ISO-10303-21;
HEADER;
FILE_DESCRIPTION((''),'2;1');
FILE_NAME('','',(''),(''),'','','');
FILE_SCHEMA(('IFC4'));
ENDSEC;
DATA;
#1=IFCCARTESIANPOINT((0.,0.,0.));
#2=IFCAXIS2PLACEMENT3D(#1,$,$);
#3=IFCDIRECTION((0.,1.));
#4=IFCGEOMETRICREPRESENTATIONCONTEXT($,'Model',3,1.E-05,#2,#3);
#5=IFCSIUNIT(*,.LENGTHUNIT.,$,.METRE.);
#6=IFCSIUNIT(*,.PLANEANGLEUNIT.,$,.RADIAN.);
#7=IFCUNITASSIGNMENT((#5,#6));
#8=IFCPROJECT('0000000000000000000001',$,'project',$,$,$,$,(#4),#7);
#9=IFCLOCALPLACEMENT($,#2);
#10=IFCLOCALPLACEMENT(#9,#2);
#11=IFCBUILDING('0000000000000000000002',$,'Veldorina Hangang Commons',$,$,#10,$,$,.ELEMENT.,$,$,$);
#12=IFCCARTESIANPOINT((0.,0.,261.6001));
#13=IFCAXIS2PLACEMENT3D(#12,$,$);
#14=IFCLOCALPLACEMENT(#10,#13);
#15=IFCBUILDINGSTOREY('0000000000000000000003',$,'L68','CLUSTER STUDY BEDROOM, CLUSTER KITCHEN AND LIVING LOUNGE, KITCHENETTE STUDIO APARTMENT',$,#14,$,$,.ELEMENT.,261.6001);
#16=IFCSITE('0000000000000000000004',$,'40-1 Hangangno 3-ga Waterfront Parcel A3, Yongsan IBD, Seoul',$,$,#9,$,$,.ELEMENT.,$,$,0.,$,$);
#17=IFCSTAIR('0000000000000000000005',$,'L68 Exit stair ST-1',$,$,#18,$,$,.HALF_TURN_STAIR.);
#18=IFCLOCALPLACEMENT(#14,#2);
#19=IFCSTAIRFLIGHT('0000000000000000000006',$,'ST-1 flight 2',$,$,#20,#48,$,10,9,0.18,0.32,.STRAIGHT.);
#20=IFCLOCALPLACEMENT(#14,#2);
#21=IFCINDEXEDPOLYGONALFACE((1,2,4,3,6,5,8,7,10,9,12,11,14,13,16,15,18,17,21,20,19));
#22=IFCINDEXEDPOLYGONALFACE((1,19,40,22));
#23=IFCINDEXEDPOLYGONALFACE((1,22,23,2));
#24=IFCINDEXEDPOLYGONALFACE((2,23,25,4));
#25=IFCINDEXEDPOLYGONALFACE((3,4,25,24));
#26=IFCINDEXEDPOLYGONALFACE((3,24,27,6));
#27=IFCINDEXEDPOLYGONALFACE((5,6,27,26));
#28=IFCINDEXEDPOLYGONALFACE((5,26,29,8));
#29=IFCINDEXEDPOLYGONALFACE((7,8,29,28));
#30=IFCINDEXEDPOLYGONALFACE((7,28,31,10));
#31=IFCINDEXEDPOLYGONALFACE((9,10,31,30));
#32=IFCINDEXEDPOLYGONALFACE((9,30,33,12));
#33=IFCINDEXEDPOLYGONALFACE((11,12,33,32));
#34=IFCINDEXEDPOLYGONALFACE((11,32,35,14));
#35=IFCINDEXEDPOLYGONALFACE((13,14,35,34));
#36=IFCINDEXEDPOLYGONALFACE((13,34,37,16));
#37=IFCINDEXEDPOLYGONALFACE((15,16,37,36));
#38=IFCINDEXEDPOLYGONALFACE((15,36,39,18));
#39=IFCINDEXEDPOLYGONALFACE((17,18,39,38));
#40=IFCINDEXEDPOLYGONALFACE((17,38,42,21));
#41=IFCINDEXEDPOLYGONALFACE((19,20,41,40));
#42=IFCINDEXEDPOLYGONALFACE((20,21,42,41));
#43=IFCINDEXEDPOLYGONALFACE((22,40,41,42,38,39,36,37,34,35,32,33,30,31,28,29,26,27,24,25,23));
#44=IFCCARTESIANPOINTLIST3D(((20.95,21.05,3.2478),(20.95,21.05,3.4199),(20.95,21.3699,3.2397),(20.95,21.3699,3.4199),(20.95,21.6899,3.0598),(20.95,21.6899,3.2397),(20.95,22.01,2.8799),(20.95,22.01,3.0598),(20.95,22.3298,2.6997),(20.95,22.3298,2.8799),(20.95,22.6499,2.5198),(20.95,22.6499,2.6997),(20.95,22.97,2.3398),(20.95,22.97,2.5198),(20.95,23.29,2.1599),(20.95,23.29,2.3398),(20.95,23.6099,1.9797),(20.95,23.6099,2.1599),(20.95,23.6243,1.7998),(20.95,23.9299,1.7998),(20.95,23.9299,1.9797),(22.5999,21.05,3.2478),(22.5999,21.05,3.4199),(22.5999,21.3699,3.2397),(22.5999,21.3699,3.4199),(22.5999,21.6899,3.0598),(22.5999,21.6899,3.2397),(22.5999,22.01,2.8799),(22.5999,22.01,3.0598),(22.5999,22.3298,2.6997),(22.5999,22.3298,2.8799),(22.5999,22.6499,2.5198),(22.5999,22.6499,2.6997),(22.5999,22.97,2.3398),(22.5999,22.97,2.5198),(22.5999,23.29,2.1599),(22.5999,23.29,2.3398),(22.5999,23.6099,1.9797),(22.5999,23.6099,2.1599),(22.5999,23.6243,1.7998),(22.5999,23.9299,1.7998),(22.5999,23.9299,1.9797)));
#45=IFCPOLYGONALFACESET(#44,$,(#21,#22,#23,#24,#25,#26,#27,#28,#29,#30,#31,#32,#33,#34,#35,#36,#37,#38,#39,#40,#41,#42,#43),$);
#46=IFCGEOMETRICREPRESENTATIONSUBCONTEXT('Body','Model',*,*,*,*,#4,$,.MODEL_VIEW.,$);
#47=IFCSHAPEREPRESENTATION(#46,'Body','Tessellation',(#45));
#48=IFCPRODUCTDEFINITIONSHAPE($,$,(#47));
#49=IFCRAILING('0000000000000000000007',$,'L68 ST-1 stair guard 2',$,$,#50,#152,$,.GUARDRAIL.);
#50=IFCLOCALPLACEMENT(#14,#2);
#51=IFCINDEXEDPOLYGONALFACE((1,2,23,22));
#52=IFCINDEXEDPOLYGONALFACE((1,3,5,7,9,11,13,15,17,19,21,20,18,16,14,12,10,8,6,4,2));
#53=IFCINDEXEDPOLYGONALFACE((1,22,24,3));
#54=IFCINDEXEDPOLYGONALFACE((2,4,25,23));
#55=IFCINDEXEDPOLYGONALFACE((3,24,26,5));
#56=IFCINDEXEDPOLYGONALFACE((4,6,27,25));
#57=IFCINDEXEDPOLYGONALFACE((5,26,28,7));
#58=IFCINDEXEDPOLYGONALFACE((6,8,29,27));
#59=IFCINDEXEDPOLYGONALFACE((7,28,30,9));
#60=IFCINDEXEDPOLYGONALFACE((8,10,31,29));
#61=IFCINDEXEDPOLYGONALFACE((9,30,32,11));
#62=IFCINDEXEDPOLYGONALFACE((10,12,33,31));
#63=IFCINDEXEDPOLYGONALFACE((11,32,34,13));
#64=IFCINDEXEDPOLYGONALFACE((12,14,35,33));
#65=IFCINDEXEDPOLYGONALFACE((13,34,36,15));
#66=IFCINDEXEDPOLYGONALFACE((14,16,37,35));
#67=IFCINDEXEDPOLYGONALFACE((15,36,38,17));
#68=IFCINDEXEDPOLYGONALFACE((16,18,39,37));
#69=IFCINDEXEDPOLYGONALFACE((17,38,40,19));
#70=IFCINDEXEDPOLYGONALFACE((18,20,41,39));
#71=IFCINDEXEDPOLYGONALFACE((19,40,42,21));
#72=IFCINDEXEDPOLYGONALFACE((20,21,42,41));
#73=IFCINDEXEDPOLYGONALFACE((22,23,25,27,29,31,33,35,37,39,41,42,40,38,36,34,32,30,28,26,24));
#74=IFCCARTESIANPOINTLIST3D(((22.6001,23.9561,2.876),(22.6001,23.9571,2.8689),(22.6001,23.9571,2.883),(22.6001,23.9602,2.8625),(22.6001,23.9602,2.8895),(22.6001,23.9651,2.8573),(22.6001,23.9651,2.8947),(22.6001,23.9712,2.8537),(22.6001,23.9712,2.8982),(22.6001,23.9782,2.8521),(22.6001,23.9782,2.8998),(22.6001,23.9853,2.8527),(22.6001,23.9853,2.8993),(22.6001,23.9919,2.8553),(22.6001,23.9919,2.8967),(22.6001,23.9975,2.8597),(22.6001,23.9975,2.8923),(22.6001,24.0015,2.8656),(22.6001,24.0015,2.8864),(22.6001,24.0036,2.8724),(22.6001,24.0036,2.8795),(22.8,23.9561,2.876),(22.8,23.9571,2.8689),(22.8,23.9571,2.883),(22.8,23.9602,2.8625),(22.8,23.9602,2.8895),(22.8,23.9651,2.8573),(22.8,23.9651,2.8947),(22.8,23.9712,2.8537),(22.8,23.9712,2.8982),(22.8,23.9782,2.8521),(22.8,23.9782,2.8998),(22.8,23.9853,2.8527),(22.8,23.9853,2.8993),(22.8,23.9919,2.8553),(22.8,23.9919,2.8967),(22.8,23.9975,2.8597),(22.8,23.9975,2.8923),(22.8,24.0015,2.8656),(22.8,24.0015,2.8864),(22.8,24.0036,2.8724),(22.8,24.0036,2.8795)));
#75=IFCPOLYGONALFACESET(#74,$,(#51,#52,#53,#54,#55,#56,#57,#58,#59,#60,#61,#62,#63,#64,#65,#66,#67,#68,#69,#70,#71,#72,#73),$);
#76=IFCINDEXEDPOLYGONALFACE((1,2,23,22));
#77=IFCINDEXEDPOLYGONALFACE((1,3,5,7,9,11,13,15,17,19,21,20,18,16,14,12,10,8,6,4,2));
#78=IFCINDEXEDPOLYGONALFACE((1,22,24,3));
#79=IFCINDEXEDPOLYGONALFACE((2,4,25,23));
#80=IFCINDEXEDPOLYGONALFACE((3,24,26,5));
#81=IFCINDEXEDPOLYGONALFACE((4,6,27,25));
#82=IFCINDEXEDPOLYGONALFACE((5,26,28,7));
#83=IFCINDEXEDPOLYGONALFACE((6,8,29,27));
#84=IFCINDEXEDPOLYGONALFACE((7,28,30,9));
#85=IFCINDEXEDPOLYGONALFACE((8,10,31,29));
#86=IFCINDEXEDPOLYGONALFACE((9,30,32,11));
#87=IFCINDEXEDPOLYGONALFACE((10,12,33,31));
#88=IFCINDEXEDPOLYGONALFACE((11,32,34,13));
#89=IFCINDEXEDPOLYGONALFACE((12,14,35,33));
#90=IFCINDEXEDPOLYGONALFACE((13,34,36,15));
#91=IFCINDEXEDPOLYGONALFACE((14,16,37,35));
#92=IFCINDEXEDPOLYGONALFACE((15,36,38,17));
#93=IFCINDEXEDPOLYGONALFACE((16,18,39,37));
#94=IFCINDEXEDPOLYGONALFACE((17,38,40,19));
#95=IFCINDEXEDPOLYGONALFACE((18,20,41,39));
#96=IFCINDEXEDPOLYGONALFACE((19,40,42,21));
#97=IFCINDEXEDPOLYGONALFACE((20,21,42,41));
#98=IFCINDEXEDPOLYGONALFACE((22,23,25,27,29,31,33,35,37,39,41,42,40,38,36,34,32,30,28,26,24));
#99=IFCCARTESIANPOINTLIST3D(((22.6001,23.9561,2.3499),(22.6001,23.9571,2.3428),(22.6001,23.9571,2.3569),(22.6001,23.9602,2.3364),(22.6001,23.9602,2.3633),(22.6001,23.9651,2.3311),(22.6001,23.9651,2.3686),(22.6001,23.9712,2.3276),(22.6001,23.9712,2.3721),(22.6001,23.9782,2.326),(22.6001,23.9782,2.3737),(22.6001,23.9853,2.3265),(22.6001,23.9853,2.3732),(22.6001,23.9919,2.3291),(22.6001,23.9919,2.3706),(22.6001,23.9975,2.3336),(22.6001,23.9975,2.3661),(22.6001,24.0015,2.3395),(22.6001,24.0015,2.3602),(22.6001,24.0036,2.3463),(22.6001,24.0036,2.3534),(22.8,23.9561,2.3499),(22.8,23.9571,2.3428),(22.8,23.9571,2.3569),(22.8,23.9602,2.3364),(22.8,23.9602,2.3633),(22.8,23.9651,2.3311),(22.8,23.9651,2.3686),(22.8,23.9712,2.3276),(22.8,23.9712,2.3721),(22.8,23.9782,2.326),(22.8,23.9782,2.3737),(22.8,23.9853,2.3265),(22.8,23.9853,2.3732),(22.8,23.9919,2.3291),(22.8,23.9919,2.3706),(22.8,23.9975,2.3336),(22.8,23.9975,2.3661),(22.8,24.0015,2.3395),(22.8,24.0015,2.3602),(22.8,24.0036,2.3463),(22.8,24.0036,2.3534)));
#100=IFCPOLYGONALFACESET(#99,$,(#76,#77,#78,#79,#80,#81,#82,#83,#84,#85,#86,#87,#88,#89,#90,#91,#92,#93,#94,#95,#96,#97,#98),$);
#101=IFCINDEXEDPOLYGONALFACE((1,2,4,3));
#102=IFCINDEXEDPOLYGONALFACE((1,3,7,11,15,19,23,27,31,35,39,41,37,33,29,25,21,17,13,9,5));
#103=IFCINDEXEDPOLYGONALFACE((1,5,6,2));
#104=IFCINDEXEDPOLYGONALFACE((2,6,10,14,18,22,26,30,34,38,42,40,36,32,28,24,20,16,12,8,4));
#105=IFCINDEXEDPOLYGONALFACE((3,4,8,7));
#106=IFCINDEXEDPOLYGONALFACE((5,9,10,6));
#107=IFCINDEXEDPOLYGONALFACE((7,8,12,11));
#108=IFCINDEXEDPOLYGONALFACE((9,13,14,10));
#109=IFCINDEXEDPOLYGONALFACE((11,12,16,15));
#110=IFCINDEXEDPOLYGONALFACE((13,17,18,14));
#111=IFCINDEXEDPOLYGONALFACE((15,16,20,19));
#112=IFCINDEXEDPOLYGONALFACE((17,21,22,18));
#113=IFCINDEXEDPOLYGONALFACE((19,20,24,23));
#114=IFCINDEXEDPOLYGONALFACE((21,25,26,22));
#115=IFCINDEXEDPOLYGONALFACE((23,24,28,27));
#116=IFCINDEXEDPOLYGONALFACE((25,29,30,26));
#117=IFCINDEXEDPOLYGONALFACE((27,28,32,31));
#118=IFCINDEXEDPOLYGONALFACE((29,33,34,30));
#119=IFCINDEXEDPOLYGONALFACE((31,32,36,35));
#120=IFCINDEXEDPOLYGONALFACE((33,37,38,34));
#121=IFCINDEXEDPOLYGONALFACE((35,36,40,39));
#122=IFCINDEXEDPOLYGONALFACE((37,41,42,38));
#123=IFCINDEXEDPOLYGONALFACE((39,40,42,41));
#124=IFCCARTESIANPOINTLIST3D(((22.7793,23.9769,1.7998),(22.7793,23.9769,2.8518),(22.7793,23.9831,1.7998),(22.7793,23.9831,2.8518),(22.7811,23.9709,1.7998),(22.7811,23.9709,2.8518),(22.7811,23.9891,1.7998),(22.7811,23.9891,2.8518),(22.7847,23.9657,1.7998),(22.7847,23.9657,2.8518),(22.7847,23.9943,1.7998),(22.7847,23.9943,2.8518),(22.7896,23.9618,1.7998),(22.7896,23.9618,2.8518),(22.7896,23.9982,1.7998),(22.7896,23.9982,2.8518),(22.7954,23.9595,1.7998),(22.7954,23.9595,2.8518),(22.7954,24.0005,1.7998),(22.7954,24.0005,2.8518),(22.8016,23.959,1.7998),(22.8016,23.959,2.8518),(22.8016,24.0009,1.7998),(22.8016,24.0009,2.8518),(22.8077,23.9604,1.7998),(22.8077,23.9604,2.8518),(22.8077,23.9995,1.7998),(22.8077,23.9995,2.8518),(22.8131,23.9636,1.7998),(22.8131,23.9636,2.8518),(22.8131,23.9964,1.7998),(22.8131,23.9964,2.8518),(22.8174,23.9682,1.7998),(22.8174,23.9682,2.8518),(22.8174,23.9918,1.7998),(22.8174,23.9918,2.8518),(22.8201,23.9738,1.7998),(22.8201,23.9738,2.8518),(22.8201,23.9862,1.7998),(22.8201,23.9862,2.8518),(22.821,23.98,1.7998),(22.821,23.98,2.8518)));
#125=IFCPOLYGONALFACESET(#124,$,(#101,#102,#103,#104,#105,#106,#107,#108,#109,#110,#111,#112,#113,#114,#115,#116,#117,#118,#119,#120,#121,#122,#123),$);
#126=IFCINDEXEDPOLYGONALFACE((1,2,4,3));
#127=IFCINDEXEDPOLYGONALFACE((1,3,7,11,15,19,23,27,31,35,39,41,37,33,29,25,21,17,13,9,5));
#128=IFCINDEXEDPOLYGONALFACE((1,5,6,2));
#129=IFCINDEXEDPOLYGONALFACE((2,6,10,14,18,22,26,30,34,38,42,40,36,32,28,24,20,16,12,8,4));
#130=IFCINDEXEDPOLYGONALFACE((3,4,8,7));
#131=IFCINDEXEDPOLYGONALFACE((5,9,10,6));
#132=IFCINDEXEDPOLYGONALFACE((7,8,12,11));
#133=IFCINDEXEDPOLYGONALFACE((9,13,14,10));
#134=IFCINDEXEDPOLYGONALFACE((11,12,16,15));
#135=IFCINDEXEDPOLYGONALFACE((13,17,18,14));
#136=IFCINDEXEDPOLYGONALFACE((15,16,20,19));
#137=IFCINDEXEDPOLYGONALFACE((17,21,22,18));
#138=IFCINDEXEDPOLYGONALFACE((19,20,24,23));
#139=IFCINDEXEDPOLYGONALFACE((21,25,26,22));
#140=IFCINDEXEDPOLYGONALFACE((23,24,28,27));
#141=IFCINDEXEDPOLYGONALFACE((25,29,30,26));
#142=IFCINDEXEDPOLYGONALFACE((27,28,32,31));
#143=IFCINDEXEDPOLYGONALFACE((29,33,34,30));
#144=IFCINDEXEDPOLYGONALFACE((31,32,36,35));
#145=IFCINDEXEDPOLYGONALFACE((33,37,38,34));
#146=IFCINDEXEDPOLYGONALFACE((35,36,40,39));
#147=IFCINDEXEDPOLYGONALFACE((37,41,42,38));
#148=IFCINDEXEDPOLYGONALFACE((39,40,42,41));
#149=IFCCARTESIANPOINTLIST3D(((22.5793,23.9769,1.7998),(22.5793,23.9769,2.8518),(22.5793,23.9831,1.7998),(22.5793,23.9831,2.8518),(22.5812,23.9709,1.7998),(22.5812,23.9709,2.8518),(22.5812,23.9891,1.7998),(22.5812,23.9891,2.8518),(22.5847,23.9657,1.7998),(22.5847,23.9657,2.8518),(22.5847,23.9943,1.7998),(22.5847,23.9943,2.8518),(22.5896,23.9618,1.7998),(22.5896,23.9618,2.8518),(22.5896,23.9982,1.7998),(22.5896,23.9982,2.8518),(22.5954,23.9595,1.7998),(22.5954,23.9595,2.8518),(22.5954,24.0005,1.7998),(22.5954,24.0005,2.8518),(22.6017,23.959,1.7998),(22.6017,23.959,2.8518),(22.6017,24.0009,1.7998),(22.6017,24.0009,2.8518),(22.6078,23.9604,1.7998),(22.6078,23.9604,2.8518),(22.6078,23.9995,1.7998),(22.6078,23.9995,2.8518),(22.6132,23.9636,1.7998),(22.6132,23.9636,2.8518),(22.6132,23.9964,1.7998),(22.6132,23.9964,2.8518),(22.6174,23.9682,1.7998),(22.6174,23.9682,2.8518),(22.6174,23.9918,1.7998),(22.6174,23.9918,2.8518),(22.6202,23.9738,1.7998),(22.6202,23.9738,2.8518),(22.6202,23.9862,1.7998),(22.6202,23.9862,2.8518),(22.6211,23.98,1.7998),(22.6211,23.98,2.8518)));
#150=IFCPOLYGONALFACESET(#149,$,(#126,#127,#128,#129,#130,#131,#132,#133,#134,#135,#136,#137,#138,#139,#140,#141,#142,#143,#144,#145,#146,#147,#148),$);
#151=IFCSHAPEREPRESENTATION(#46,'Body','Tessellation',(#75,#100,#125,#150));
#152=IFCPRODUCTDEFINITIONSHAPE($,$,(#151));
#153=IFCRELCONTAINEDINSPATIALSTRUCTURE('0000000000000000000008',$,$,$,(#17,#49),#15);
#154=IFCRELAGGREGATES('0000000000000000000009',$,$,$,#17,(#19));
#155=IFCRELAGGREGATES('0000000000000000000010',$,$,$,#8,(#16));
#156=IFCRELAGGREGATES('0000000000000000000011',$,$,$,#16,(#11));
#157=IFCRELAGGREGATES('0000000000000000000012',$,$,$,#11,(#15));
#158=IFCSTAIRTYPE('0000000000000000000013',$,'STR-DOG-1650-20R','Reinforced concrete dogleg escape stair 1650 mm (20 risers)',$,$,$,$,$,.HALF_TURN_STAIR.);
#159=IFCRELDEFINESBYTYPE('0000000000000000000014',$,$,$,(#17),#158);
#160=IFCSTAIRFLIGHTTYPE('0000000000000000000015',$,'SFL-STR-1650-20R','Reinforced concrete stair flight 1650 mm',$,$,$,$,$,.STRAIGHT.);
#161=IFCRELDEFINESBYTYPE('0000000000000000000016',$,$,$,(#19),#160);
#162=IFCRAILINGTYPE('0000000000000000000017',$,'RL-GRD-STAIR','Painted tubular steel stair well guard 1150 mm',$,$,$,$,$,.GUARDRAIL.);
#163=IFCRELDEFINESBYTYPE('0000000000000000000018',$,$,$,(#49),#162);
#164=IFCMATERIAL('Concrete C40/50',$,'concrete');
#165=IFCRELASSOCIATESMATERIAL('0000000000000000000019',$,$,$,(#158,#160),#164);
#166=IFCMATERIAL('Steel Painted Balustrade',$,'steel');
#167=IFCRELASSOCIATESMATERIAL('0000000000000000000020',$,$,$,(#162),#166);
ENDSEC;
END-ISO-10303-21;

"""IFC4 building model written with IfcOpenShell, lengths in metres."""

from ifc_helpers import new_model, si_unit, direction, frame, origin, origin_2d, place, context, subcontext, project, spatial, polyline, circle, outline, extrude, material, type_object, element, aggregate, save


model = new_model("IFC4")

# Units and contexts
model_context = context("Model", 3, precision=1e-05, world=origin(), true_north=direction((0.0, 1.0)))
body_context = subcontext(model_context, "Body", "Model", "MODEL_VIEW")
ifc_project = project(units=[si_unit("LENGTHUNIT", "METRE"), si_unit("PLANEANGLEUNIT", "RADIAN")], contexts=[model_context])

# Site, building, storey
site_placement = place(None, origin())
site = spatial("IfcSite", under=ifc_project, at=site_placement, Name="40-1 Hangangno 3-ga Waterfront Parcel A3, Yongsan IBD, Seoul", CompositionType="ELEMENT", RefElevation=0.0)
building_placement = place(site_placement, origin())
building = spatial("IfcBuilding", under=site, at=building_placement, Name="Veldorina Hangang Commons", CompositionType="ELEMENT")
storey_placement = place(building_placement, frame((0.0, 0.0, 261.6001)))
storey = spatial("IfcBuildingStorey", under=building, at=storey_placement, Name="L68", Description="CLUSTER STUDY BEDROOM, CLUSTER KITCHEN AND LIVING LOUNGE, KITCHENETTE STUDIO APARTMENT", CompositionType="ELEMENT", Elevation=261.6001)

# Stair, stair flight
ifc_material_1 = material(Name="Concrete C40/50", Category="concrete")
stair_type = type_object("IfcStairType", Name="STR-DOG-1650-20R", Description="Reinforced concrete dogleg escape stair 1650 mm (20 risers)", PredefinedType="HALF_TURN_STAIR", material=ifc_material_1)
stair_placement = place(storey_placement, origin())
stair = element("IfcStair", 1, at=stair_placement, inside=storey, type_object=stair_type, Name="L68 Exit stair ST-1", PredefinedType="HALF_TURN_STAIR")
stair_flight_type = type_object("IfcStairFlightType", Name="SFL-STR-1650-20R", Description="Reinforced concrete stair flight 1650 mm", PredefinedType="STRAIGHT", material=ifc_material_1)
stair_flight_placement = place(storey_placement, frame((21.7749, 23.9299, 1.7998), z_axis=(0.0, 0.0, 1.0), x_axis=(0.0, -1.0, 0.0)))
stair_flight = element("IfcStairFlight", 2, at=stair_flight_placement, type_object=stair_flight_type, Name="ST-1 flight 2", NumberOfRisers=10, NumberOfTreads=9, PredefinedType="STRAIGHT", RiserHeight=0.18, TreadLength=0.32, context=body_context, shape_type="SweptSolid", body=[
    extrude(outline(polyline([(0.0, 0.0), (0.0, 0.1799), (0.3201, 0.1799), (0.3201, 0.3601), (0.6399, 0.3601), (0.6399, 0.54), (0.96, 0.54), (0.96, 0.72), (1.28, 0.72), (1.28, 0.8999), (1.6001, 0.8999), (1.6001, 1.0801), (1.9199, 1.0801), (1.9199, 1.26), (2.24, 1.26), (2.24, 1.4399), (2.5601, 1.4399), (2.5601, 1.6201), (2.8799, 1.6201), (2.8799, 1.8), (2.8799, 1.448), (0.3057, 0.0), (0.0, 0.0)])), frame((0.0, 0.825, 0.0), z_axis=(0.0, -1.0, 0.0), x_axis=(1.0, 0.0, 0.0)), (0.0, 0.0, 1.0), 1.6499),
])
aggregate(stair, [stair_flight])

# Railing
ifc_material_2 = material(Name="Steel Painted Balustrade", Category="steel")
railing_type_1 = type_object("IfcRailingType", Name="RL-GRD-STAIR", Description="Painted tubular steel stair well guard 1150 mm", PredefinedType="GUARDRAIL", material=ifc_material_2)
railing_1_placement = place(storey_placement, frame((22.8, 23.98, 1.7998)))
element("IfcRailing", 3, at=railing_1_placement, inside=storey, type_object=railing_type_1, Name="L68 ST-1 stair guard 2", PredefinedType="GUARDRAIL", context=body_context, shape_type="SweptSolid", body=[
    extrude(circle(Radius=0.0239, at=origin_2d()), frame((0.0, 0.0, 1.0762), z_axis=(-1.0, 0.0, 0.0), x_axis=(0.0, -1.0, 0.0)), (0.0, 0.0, 1.0), 0.2),
    extrude(circle(Radius=0.0239, at=origin_2d()), frame((0.0, 0.0, 0.55), z_axis=(-1.0, 0.0, 0.0), x_axis=(0.0, -1.0, 0.0)), (0.0, 0.0, 1.0), 0.2),
    extrude(circle(Radius=0.021, at=origin_2d()), origin(), (0.0, 0.0, 1.0), 1.052),
    extrude(circle(Radius=0.021, at=origin_2d()), frame((-0.2, 0.0, 0.0)), (0.0, 0.0, 1.0), 1.052),
])

save(model, "model.ifc")
